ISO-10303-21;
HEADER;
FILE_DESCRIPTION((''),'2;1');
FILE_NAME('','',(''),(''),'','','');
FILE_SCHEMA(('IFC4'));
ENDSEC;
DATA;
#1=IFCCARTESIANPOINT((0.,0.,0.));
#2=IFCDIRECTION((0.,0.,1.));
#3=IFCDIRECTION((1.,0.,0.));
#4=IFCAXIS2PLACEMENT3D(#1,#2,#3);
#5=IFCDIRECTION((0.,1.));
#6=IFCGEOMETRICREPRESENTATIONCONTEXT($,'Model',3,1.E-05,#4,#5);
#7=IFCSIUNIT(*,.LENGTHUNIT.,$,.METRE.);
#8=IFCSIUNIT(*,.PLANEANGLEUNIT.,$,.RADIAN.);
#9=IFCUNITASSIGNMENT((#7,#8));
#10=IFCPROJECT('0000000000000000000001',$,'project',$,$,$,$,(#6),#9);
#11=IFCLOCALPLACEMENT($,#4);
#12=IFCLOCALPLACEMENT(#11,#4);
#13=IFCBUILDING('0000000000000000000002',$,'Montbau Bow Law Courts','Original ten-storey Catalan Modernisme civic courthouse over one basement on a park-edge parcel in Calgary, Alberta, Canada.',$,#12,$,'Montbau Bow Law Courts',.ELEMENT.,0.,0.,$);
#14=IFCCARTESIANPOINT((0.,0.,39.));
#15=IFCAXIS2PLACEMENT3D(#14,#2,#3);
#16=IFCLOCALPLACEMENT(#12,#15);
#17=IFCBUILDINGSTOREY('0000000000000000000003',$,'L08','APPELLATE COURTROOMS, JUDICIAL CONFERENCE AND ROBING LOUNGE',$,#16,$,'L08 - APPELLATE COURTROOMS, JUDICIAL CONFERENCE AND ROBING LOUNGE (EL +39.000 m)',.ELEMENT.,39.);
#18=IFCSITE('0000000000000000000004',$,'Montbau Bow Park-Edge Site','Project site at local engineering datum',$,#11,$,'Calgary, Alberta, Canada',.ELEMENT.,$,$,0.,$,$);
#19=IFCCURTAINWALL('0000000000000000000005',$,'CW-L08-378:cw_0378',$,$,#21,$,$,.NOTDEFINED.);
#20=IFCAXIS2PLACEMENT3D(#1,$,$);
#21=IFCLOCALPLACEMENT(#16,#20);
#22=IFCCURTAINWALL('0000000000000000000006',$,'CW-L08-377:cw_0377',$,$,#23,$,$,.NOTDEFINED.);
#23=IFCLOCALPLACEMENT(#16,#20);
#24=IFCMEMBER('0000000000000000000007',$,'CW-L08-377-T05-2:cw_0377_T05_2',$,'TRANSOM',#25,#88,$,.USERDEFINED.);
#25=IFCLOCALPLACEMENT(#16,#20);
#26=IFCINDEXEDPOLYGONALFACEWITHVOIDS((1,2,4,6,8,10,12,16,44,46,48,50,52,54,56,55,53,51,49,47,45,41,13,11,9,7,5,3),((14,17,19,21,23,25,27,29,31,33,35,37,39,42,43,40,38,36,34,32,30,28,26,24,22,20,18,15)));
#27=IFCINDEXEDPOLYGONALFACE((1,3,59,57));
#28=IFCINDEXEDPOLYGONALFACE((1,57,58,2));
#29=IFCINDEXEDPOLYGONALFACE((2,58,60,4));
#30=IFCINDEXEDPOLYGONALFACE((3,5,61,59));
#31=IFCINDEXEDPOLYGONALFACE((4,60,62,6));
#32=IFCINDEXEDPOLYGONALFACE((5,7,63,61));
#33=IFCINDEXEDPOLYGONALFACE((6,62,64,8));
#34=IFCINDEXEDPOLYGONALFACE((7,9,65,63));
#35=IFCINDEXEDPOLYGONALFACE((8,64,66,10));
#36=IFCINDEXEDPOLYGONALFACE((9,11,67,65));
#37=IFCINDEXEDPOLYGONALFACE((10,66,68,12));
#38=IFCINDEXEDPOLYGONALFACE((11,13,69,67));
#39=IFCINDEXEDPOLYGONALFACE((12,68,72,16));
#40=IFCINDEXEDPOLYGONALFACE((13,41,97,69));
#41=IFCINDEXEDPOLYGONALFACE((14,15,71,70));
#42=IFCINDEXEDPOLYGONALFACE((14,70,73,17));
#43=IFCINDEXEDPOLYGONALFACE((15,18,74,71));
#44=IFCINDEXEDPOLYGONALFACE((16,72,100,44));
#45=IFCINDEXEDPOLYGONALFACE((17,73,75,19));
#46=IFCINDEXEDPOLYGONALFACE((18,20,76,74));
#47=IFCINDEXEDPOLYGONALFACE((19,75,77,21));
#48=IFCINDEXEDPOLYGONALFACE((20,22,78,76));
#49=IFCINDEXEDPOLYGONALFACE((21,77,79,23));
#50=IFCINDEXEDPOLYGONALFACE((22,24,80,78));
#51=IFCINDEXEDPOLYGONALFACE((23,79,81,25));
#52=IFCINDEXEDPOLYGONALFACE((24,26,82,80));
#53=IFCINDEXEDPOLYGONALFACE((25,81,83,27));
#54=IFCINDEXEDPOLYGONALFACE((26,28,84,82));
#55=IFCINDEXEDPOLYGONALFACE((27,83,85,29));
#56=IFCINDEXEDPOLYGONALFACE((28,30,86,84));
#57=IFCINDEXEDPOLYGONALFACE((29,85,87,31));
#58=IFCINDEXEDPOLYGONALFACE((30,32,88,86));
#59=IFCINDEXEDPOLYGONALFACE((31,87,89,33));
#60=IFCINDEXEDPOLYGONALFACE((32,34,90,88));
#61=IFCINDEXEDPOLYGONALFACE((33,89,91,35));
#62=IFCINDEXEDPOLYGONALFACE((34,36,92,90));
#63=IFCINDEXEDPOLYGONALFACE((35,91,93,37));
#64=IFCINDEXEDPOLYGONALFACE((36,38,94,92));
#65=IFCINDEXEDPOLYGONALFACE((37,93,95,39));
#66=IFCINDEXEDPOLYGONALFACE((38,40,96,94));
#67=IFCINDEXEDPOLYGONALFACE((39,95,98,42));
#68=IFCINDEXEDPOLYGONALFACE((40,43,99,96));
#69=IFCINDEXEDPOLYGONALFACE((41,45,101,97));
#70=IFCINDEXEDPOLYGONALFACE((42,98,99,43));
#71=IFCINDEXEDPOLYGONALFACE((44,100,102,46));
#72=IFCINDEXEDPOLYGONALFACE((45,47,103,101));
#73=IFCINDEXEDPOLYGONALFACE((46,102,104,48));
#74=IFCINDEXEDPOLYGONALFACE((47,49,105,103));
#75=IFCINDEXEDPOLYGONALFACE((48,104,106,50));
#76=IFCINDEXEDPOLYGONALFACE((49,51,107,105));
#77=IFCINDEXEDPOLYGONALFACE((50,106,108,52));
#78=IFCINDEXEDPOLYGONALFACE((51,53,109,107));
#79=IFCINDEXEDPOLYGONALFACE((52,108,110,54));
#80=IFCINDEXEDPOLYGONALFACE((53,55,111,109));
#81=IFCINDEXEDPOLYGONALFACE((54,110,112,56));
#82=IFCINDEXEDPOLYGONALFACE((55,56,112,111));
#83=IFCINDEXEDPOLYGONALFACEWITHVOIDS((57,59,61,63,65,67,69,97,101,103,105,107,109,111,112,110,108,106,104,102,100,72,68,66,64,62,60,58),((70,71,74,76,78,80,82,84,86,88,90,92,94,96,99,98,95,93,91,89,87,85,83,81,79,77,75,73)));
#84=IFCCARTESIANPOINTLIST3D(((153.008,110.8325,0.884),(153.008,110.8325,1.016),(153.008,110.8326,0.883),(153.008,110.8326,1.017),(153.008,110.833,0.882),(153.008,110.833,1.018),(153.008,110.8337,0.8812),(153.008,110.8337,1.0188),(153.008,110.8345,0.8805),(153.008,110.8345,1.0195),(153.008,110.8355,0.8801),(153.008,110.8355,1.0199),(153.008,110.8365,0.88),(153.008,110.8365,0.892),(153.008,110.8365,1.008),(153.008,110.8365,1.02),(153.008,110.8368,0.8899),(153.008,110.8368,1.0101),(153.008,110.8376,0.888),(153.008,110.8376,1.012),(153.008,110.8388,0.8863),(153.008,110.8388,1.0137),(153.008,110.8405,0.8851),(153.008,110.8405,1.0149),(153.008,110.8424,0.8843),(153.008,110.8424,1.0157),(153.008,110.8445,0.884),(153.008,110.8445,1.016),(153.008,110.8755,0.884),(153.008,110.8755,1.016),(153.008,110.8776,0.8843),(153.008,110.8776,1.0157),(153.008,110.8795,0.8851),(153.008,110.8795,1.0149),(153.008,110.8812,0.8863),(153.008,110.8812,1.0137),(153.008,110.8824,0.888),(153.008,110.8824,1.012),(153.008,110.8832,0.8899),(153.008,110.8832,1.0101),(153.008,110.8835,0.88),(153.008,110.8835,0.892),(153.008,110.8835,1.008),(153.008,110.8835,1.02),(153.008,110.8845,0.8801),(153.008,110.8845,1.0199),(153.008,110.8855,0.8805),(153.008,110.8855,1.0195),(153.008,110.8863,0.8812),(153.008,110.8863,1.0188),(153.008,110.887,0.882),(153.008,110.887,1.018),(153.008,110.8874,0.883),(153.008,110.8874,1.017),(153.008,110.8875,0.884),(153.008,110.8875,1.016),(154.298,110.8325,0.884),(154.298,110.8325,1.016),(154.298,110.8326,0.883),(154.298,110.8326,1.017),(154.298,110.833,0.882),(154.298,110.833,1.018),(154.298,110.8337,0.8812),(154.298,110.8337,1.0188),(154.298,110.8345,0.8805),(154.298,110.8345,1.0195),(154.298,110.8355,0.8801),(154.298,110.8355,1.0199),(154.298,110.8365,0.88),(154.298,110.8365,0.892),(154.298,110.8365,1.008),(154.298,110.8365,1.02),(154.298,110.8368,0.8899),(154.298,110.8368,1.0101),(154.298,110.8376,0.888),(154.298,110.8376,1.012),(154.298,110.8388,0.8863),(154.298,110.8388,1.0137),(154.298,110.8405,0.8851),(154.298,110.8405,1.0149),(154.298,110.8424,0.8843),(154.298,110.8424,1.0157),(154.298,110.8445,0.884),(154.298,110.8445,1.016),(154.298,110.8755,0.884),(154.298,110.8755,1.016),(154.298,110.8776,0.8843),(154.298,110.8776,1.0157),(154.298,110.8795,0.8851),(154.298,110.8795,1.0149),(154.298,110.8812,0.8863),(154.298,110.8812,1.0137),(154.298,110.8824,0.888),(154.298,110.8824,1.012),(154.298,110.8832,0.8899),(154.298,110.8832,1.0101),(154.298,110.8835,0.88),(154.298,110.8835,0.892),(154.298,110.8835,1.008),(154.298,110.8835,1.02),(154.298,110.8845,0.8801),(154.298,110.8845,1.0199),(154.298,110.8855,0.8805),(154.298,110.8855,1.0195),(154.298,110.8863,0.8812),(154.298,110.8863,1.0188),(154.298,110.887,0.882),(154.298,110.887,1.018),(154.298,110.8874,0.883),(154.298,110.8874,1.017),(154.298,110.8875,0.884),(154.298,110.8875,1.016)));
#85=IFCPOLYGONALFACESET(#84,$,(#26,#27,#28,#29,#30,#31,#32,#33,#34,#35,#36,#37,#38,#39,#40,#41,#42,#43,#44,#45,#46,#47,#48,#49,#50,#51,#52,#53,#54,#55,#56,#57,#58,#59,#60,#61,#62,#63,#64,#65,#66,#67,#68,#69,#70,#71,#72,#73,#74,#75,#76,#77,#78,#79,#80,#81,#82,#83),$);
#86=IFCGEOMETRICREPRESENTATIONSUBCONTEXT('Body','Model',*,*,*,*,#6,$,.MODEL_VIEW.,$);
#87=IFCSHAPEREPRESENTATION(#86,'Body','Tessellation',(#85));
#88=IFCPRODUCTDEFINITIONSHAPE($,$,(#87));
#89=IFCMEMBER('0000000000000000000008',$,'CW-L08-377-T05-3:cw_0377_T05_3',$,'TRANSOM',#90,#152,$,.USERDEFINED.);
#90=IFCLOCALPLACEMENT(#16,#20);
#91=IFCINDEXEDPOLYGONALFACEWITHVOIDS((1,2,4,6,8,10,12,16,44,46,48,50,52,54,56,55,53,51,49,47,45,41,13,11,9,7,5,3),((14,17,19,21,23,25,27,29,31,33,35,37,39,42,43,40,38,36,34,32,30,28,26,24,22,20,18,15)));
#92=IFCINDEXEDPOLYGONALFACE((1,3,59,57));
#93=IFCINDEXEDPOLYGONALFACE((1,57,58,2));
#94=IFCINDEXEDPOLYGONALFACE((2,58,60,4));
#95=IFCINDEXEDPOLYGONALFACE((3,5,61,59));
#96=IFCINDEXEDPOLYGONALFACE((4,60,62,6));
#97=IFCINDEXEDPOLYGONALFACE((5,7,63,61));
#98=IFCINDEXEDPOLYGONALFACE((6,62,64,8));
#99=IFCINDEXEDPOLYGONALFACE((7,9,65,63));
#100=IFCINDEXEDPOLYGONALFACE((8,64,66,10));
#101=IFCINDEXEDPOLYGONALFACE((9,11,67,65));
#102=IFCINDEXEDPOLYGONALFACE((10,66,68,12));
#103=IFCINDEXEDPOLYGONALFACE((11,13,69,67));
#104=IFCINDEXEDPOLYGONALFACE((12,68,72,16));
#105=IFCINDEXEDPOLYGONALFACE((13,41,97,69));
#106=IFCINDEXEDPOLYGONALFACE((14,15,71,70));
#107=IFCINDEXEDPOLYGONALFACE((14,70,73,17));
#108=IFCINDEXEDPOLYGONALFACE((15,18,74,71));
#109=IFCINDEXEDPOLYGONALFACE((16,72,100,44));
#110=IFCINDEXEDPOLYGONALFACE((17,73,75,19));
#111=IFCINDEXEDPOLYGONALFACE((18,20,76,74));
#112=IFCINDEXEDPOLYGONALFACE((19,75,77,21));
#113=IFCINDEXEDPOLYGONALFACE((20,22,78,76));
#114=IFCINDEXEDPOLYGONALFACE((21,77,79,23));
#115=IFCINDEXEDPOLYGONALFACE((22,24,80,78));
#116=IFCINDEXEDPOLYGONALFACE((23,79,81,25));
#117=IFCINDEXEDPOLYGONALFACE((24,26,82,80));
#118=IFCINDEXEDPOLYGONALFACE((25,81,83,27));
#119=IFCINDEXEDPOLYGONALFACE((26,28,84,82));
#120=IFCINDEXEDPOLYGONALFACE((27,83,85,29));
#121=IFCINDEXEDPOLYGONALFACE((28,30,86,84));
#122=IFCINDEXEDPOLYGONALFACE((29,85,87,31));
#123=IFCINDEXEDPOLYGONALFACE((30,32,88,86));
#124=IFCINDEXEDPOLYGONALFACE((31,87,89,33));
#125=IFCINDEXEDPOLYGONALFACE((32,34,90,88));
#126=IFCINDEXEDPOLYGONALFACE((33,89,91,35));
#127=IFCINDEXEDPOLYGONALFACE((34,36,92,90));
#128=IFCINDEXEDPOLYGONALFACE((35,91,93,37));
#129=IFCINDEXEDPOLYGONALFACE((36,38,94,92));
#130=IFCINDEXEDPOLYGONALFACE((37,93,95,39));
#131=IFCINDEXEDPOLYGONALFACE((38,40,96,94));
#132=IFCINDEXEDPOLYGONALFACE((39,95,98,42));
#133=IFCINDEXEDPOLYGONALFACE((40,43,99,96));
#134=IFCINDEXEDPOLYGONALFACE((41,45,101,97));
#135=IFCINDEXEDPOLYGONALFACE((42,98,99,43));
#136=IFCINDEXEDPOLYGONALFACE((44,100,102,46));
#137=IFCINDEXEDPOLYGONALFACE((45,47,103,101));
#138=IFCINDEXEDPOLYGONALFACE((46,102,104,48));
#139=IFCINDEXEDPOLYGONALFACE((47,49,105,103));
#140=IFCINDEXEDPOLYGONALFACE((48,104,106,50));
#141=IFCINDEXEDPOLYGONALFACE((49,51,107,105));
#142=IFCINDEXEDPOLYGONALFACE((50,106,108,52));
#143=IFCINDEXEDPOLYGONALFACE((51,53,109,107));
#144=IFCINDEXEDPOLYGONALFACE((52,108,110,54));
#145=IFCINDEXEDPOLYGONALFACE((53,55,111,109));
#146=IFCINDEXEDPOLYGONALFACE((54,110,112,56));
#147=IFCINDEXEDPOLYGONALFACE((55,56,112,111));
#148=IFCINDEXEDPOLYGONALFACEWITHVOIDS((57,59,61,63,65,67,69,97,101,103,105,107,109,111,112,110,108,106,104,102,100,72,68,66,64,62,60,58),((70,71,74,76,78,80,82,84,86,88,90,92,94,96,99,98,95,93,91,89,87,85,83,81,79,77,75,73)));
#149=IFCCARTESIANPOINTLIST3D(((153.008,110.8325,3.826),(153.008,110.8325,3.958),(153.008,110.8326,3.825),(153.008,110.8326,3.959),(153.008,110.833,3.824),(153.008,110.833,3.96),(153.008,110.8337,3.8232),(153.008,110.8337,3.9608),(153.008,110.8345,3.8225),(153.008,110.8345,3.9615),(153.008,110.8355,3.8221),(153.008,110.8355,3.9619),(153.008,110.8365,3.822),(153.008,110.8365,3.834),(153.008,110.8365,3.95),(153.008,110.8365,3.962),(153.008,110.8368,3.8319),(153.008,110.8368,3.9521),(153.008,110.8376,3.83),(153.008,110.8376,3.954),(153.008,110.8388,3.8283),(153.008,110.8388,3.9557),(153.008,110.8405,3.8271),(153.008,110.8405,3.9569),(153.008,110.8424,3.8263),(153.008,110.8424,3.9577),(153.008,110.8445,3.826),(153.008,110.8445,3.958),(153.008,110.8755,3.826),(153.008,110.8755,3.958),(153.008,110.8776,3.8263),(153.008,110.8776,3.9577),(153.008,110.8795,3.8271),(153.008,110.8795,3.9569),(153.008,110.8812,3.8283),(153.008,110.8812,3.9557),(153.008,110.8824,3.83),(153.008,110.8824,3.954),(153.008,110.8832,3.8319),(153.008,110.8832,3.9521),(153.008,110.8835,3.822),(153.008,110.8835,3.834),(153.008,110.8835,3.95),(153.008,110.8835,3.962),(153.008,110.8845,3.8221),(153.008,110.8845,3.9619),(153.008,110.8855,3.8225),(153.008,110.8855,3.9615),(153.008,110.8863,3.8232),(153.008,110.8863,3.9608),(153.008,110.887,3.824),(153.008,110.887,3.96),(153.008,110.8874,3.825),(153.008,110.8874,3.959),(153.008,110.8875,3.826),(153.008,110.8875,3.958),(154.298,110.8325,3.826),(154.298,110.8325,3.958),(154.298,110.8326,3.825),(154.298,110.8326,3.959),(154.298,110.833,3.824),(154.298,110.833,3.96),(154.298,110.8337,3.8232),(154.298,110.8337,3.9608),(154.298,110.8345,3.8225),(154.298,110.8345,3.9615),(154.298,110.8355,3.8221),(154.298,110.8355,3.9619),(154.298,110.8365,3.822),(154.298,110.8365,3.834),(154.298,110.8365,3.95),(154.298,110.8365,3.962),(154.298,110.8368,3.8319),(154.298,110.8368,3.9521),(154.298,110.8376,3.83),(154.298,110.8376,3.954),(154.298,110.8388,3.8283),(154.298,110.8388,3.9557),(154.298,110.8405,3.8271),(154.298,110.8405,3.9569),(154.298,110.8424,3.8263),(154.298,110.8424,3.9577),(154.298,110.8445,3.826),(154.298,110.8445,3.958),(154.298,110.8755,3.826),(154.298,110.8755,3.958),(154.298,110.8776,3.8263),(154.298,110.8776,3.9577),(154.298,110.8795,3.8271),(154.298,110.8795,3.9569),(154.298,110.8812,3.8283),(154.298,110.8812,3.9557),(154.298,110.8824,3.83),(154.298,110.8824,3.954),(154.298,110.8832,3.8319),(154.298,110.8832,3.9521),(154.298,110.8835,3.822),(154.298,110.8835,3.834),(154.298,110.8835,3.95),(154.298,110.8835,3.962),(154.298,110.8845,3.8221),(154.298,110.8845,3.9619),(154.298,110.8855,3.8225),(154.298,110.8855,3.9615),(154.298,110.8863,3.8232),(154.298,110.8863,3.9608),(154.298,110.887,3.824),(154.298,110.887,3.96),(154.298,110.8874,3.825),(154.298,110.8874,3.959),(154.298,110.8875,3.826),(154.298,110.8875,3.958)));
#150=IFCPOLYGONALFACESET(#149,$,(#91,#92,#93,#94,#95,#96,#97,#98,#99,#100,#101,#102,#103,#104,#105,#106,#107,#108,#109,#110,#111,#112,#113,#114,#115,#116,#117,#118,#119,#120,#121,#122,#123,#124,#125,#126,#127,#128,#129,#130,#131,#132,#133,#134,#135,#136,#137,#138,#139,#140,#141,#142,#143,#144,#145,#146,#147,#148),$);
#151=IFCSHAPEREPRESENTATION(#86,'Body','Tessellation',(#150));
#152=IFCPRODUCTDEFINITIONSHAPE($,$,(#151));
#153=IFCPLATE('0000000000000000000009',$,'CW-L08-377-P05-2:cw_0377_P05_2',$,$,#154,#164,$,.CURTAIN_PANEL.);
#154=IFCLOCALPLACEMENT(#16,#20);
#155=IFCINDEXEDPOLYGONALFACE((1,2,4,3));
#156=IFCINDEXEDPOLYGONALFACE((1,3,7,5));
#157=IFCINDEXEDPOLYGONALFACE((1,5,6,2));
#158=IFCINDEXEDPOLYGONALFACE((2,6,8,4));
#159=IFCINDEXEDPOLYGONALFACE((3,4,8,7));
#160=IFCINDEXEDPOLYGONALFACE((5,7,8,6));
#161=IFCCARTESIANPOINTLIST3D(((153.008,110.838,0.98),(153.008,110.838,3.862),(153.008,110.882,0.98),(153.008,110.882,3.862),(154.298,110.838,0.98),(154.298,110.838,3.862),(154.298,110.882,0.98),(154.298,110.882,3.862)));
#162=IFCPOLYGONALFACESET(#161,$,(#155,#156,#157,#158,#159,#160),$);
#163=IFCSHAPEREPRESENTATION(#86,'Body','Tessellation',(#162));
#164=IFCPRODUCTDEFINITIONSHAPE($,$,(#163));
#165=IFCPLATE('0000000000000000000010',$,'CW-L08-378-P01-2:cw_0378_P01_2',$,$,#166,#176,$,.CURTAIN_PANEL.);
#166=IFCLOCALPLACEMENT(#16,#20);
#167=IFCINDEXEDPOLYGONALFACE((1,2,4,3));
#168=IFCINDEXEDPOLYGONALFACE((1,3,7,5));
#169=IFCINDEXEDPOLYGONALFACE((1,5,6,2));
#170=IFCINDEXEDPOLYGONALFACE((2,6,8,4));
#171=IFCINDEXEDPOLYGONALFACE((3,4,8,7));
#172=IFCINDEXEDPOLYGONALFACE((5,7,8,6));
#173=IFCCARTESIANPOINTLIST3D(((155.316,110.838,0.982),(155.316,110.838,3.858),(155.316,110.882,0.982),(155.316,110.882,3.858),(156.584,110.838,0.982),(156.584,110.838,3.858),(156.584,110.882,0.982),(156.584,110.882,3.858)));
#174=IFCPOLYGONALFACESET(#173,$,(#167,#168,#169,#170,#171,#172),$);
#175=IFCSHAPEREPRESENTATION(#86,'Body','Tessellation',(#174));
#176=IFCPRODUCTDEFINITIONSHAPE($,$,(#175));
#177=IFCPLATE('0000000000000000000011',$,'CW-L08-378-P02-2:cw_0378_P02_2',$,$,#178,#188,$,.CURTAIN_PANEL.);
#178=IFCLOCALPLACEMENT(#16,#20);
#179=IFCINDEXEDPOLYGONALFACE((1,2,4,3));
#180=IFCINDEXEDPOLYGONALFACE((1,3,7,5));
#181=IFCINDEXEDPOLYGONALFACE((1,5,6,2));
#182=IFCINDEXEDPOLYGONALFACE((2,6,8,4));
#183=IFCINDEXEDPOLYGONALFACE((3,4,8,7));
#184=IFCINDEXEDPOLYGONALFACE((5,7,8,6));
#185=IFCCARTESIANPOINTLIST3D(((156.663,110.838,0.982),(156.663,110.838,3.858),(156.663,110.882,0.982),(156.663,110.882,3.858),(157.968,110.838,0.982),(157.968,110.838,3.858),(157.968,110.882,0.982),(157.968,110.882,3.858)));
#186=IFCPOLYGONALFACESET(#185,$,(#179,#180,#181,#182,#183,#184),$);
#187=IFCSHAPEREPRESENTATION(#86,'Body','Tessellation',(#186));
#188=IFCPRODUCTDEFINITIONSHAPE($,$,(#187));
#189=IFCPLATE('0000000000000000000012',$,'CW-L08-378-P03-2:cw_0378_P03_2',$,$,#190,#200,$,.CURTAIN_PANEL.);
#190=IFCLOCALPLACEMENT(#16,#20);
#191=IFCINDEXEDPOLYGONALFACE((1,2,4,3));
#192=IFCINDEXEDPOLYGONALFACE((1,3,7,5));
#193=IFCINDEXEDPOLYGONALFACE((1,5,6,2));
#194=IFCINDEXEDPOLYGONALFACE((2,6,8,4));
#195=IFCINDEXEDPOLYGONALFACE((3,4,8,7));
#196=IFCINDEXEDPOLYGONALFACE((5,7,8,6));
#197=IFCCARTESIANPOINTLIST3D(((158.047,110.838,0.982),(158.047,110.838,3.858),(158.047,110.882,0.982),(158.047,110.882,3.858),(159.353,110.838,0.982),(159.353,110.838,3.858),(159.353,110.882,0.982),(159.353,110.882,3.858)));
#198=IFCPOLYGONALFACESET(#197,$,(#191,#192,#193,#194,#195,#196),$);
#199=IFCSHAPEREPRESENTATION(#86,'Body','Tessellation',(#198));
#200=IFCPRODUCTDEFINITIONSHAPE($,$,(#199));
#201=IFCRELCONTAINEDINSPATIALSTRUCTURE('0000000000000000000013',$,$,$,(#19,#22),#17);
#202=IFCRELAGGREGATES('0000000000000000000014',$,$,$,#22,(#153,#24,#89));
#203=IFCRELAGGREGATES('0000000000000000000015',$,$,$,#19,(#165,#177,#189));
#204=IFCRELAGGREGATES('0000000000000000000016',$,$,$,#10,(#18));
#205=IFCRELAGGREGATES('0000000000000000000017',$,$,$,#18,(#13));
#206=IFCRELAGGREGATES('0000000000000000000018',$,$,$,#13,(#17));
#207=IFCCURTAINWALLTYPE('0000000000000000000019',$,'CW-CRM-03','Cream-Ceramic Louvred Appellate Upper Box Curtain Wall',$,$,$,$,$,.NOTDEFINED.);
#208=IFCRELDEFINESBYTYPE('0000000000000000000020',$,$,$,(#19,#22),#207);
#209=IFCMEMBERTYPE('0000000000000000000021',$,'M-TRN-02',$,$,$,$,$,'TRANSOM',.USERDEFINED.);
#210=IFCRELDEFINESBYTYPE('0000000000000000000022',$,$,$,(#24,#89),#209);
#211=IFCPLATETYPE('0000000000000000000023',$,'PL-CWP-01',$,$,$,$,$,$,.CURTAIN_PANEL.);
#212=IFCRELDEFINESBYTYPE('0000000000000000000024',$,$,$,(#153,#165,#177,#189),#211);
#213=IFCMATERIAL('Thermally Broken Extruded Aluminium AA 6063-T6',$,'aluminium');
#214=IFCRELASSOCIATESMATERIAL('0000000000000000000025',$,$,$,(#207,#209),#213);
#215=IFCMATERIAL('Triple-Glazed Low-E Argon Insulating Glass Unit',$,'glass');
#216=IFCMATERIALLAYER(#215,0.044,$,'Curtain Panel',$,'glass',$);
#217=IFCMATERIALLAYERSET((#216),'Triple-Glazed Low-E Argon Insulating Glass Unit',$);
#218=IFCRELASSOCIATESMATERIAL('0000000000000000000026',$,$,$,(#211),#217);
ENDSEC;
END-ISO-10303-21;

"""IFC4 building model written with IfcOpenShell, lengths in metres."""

from ifc_helpers import new_model, si_unit, direction, frame, frame_2d, origin_with_axes, origin_2d_with_axis, place, context, subcontext, project, spatial, rectangle, hollow_rectangle, extrude, material, layer, layer_set, material_profile, profile_set, type_object, element, aggregate, save


model = new_model("IFC4")

# Units and contexts
model_context = context("Model", 3, precision=1e-05, world=origin_with_axes(), true_north=direction((0.0, 1.0)))
body_context = subcontext(model_context, "Body", "Model", "MODEL_VIEW")
ifc_project = project(units=[si_unit("LENGTHUNIT", "METRE"), si_unit("PLANEANGLEUNIT", "RADIAN")], contexts=[model_context])

# Site, building, storey
site_placement = place(None, origin_with_axes())
site = spatial("IfcSite", under=ifc_project, at=site_placement, Name="Montbau Bow Park-Edge Site", Description="Project site at local engineering datum", LongName="Calgary, Alberta, Canada", CompositionType="ELEMENT", RefElevation=0.0)
building_placement = place(site_placement, origin_with_axes())
building = spatial("IfcBuilding", under=site, at=building_placement, Name="Montbau Bow Law Courts", Description="Original ten-storey Catalan Modernisme civic courthouse over one basement on a park-edge parcel in Calgary, Alberta, Canada.", LongName="Montbau Bow Law Courts", CompositionType="ELEMENT", ElevationOfRefHeight=0.0, ElevationOfTerrain=0.0)
storey_placement = place(building_placement, frame((0.0, 0.0, 39.0), z_axis=(0.0, 0.0, 1.0), x_axis=(1.0, 0.0, 0.0)))
storey = spatial("IfcBuildingStorey", under=building, at=storey_placement, Name="L08", Description="APPELLATE COURTROOMS, JUDICIAL CONFERENCE AND ROBING LOUNGE", LongName="L08 - APPELLATE COURTROOMS, JUDICIAL CONFERENCE AND ROBING LOUNGE (EL +39.000 m)", CompositionType="ELEMENT", Elevation=39.0)

# Curtain wall
ifc_material_1 = material(Name="Thermally Broken Extruded Aluminium AA 6063-T6", Category="aluminium")
curtain_wall_type = type_object("IfcCurtainWallType", Name="CW-CRM-03", Description="Cream-Ceramic Louvred Appellate Upper Box Curtain Wall", PredefinedType="NOTDEFINED", material=ifc_material_1)
curtain_wall_1_placement = place(None, frame((155.24, 110.86, 39.0), z_axis=(0.0, 0.0, 1.0), x_axis=(1.0, 0.0, 0.0)))
curtain_wall_1 = element("IfcCurtainWall", 1, at=curtain_wall_1_placement, inside=storey, type_object=curtain_wall_type, Name="CW-L08-378:cw_0378", PredefinedType="NOTDEFINED")

# Curtain wall
curtain_wall_2_placement = place(None, frame((147.44, 110.86, 39.0), z_axis=(0.0, 0.0, 1.0), x_axis=(1.0, 0.0, 0.0)))
curtain_wall_2 = element("IfcCurtainWall", 2, at=curtain_wall_2_placement, inside=storey, type_object=curtain_wall_type, Name="CW-L08-377:cw_0377", PredefinedType="NOTDEFINED")

# Members
ifc_material_profile_1 = material_profile(ifc_material_1, hollow_rectangle(XDim=0.055, YDim=0.14, WallThickness=0.004, InnerFilletRadius=0.008, OuterFilletRadius=0.004, at=origin_2d_with_axis()), Name="CWT-140X55", Category="Main", Priority=0)
ifc_profile_set_1 = profile_set([ifc_material_profile_1], Name="Thermally Broken Extruded Aluminium AA 6063-T6")
member_type_1 = type_object("IfcMemberType", Name="M-TRN-02", ElementType="TRANSOM", PredefinedType="USERDEFINED", material=ifc_profile_set_1)
member_1_placement = place(None, frame((153.008, 110.86, 39.95), z_axis=(1.0, 0.0, 0.0), x_axis=(0.0, 1.0, 0.0)))
member_1 = element("IfcMember", 3, at=member_1_placement, type_object=member_type_1, Name="CW-L08-377-T05-2:cw_0377_T05_2", ObjectType="TRANSOM", PredefinedType="USERDEFINED", context=body_context, shape_type="SweptSolid", body=[
    extrude(hollow_rectangle(XDim=0.055, YDim=0.14, WallThickness=0.004, InnerFilletRadius=0.008, OuterFilletRadius=0.004, at=origin_2d_with_axis()), origin_with_axes(), (0.0, 0.0, 1.0), 1.29),
])
member_2_placement = place(None, frame((153.008, 110.86, 42.892), z_axis=(1.0, 0.0, 0.0), x_axis=(0.0, 1.0, 0.0)))
member_2 = element("IfcMember", 4, at=member_2_placement, type_object=member_type_1, Name="CW-L08-377-T05-3:cw_0377_T05_3", ObjectType="TRANSOM", PredefinedType="USERDEFINED", context=body_context, shape_type="SweptSolid", body=[
    extrude(hollow_rectangle(XDim=0.055, YDim=0.14, WallThickness=0.004, InnerFilletRadius=0.008, OuterFilletRadius=0.004, at=origin_2d_with_axis()), origin_with_axes(), (0.0, 0.0, 1.0), 1.29),
])

# Plates
ifc_material_2 = material(Name="Triple-Glazed Low-E Argon Insulating Glass Unit", Category="glass")
ifc_layer_1 = layer(ifc_material_2, 0.044, Name="Curtain Panel", Category="glass")
ifc_layer_set_1 = layer_set([ifc_layer_1], Name="Triple-Glazed Low-E Argon Insulating Glass Unit")
plate_type_1 = type_object("IfcPlateType", Name="PL-CWP-01", PredefinedType="CURTAIN_PANEL", material=ifc_layer_set_1)
plate_1_placement = place(None, frame((153.008, 110.86, 39.98), z_axis=(0.0, -1.0, 0.0), x_axis=(1.0, 0.0, 0.0)))
plate_1 = element("IfcPlate", 5, at=plate_1_placement, type_object=plate_type_1, Name="CW-L08-377-P05-2:cw_0377_P05_2", PredefinedType="CURTAIN_PANEL", context=body_context, shape_type="SweptSolid", body=[
    extrude(rectangle(XDim=1.29, YDim=2.882, at=frame_2d((0.645, 1.441), x_axis=(1.0, 0.0))), frame((0.0, 0.0, -0.022), z_axis=(0.0, 0.0, 1.0), x_axis=(1.0, 0.0, 0.0)), (0.0, 0.0, 1.0), 0.044),
])
aggregate(curtain_wall_2, [plate_1, member_1, member_2])
plate_2_placement = place(None, frame((155.316, 110.86, 39.982), z_axis=(0.0, -1.0, 0.0), x_axis=(1.0, 0.0, 0.0)))
plate_2 = element("IfcPlate", 6, at=plate_2_placement, type_object=plate_type_1, Name="CW-L08-378-P01-2:cw_0378_P01_2", PredefinedType="CURTAIN_PANEL", context=body_context, shape_type="SweptSolid", body=[
    extrude(rectangle(XDim=1.268, YDim=2.876, at=frame_2d((0.634, 1.438), x_axis=(1.0, 0.0))), frame((0.0, 0.0, -0.022), z_axis=(0.0, 0.0, 1.0), x_axis=(1.0, 0.0, 0.0)), (0.0, 0.0, 1.0), 0.044),
])
plate_3_placement = place(None, frame((156.663, 110.86, 39.982), z_axis=(0.0, -1.0, 0.0), x_axis=(1.0, 0.0, 0.0)))
plate_3 = element("IfcPlate", 7, at=plate_3_placement, type_object=plate_type_1, Name="CW-L08-378-P02-2:cw_0378_P02_2", PredefinedType="CURTAIN_PANEL", context=body_context, shape_type="SweptSolid", body=[
    extrude(rectangle(XDim=1.305, YDim=2.876, at=frame_2d((0.6525, 1.438), x_axis=(1.0, 0.0))), frame((0.0, 0.0, -0.022), z_axis=(0.0, 0.0, 1.0), x_axis=(1.0, 0.0, 0.0)), (0.0, 0.0, 1.0), 0.044),
])
plate_4_placement = place(None, frame((158.047, 110.86, 39.982), z_axis=(0.0, -1.0, 0.0), x_axis=(1.0, 0.0, 0.0)))
plate_4 = element("IfcPlate", 8, at=plate_4_placement, type_object=plate_type_1, Name="CW-L08-378-P03-2:cw_0378_P03_2", PredefinedType="CURTAIN_PANEL", context=body_context, shape_type="SweptSolid", body=[
    extrude(rectangle(XDim=1.306, YDim=2.876, at=frame_2d((0.653, 1.438), x_axis=(1.0, 0.0))), frame((0.0, 0.0, -0.022), z_axis=(0.0, 0.0, 1.0), x_axis=(1.0, 0.0, 0.0)), (0.0, 0.0, 1.0), 0.044),
])
aggregate(curtain_wall_1, [plate_2, plate_3, plate_4])

save(model, "model.ifc")
